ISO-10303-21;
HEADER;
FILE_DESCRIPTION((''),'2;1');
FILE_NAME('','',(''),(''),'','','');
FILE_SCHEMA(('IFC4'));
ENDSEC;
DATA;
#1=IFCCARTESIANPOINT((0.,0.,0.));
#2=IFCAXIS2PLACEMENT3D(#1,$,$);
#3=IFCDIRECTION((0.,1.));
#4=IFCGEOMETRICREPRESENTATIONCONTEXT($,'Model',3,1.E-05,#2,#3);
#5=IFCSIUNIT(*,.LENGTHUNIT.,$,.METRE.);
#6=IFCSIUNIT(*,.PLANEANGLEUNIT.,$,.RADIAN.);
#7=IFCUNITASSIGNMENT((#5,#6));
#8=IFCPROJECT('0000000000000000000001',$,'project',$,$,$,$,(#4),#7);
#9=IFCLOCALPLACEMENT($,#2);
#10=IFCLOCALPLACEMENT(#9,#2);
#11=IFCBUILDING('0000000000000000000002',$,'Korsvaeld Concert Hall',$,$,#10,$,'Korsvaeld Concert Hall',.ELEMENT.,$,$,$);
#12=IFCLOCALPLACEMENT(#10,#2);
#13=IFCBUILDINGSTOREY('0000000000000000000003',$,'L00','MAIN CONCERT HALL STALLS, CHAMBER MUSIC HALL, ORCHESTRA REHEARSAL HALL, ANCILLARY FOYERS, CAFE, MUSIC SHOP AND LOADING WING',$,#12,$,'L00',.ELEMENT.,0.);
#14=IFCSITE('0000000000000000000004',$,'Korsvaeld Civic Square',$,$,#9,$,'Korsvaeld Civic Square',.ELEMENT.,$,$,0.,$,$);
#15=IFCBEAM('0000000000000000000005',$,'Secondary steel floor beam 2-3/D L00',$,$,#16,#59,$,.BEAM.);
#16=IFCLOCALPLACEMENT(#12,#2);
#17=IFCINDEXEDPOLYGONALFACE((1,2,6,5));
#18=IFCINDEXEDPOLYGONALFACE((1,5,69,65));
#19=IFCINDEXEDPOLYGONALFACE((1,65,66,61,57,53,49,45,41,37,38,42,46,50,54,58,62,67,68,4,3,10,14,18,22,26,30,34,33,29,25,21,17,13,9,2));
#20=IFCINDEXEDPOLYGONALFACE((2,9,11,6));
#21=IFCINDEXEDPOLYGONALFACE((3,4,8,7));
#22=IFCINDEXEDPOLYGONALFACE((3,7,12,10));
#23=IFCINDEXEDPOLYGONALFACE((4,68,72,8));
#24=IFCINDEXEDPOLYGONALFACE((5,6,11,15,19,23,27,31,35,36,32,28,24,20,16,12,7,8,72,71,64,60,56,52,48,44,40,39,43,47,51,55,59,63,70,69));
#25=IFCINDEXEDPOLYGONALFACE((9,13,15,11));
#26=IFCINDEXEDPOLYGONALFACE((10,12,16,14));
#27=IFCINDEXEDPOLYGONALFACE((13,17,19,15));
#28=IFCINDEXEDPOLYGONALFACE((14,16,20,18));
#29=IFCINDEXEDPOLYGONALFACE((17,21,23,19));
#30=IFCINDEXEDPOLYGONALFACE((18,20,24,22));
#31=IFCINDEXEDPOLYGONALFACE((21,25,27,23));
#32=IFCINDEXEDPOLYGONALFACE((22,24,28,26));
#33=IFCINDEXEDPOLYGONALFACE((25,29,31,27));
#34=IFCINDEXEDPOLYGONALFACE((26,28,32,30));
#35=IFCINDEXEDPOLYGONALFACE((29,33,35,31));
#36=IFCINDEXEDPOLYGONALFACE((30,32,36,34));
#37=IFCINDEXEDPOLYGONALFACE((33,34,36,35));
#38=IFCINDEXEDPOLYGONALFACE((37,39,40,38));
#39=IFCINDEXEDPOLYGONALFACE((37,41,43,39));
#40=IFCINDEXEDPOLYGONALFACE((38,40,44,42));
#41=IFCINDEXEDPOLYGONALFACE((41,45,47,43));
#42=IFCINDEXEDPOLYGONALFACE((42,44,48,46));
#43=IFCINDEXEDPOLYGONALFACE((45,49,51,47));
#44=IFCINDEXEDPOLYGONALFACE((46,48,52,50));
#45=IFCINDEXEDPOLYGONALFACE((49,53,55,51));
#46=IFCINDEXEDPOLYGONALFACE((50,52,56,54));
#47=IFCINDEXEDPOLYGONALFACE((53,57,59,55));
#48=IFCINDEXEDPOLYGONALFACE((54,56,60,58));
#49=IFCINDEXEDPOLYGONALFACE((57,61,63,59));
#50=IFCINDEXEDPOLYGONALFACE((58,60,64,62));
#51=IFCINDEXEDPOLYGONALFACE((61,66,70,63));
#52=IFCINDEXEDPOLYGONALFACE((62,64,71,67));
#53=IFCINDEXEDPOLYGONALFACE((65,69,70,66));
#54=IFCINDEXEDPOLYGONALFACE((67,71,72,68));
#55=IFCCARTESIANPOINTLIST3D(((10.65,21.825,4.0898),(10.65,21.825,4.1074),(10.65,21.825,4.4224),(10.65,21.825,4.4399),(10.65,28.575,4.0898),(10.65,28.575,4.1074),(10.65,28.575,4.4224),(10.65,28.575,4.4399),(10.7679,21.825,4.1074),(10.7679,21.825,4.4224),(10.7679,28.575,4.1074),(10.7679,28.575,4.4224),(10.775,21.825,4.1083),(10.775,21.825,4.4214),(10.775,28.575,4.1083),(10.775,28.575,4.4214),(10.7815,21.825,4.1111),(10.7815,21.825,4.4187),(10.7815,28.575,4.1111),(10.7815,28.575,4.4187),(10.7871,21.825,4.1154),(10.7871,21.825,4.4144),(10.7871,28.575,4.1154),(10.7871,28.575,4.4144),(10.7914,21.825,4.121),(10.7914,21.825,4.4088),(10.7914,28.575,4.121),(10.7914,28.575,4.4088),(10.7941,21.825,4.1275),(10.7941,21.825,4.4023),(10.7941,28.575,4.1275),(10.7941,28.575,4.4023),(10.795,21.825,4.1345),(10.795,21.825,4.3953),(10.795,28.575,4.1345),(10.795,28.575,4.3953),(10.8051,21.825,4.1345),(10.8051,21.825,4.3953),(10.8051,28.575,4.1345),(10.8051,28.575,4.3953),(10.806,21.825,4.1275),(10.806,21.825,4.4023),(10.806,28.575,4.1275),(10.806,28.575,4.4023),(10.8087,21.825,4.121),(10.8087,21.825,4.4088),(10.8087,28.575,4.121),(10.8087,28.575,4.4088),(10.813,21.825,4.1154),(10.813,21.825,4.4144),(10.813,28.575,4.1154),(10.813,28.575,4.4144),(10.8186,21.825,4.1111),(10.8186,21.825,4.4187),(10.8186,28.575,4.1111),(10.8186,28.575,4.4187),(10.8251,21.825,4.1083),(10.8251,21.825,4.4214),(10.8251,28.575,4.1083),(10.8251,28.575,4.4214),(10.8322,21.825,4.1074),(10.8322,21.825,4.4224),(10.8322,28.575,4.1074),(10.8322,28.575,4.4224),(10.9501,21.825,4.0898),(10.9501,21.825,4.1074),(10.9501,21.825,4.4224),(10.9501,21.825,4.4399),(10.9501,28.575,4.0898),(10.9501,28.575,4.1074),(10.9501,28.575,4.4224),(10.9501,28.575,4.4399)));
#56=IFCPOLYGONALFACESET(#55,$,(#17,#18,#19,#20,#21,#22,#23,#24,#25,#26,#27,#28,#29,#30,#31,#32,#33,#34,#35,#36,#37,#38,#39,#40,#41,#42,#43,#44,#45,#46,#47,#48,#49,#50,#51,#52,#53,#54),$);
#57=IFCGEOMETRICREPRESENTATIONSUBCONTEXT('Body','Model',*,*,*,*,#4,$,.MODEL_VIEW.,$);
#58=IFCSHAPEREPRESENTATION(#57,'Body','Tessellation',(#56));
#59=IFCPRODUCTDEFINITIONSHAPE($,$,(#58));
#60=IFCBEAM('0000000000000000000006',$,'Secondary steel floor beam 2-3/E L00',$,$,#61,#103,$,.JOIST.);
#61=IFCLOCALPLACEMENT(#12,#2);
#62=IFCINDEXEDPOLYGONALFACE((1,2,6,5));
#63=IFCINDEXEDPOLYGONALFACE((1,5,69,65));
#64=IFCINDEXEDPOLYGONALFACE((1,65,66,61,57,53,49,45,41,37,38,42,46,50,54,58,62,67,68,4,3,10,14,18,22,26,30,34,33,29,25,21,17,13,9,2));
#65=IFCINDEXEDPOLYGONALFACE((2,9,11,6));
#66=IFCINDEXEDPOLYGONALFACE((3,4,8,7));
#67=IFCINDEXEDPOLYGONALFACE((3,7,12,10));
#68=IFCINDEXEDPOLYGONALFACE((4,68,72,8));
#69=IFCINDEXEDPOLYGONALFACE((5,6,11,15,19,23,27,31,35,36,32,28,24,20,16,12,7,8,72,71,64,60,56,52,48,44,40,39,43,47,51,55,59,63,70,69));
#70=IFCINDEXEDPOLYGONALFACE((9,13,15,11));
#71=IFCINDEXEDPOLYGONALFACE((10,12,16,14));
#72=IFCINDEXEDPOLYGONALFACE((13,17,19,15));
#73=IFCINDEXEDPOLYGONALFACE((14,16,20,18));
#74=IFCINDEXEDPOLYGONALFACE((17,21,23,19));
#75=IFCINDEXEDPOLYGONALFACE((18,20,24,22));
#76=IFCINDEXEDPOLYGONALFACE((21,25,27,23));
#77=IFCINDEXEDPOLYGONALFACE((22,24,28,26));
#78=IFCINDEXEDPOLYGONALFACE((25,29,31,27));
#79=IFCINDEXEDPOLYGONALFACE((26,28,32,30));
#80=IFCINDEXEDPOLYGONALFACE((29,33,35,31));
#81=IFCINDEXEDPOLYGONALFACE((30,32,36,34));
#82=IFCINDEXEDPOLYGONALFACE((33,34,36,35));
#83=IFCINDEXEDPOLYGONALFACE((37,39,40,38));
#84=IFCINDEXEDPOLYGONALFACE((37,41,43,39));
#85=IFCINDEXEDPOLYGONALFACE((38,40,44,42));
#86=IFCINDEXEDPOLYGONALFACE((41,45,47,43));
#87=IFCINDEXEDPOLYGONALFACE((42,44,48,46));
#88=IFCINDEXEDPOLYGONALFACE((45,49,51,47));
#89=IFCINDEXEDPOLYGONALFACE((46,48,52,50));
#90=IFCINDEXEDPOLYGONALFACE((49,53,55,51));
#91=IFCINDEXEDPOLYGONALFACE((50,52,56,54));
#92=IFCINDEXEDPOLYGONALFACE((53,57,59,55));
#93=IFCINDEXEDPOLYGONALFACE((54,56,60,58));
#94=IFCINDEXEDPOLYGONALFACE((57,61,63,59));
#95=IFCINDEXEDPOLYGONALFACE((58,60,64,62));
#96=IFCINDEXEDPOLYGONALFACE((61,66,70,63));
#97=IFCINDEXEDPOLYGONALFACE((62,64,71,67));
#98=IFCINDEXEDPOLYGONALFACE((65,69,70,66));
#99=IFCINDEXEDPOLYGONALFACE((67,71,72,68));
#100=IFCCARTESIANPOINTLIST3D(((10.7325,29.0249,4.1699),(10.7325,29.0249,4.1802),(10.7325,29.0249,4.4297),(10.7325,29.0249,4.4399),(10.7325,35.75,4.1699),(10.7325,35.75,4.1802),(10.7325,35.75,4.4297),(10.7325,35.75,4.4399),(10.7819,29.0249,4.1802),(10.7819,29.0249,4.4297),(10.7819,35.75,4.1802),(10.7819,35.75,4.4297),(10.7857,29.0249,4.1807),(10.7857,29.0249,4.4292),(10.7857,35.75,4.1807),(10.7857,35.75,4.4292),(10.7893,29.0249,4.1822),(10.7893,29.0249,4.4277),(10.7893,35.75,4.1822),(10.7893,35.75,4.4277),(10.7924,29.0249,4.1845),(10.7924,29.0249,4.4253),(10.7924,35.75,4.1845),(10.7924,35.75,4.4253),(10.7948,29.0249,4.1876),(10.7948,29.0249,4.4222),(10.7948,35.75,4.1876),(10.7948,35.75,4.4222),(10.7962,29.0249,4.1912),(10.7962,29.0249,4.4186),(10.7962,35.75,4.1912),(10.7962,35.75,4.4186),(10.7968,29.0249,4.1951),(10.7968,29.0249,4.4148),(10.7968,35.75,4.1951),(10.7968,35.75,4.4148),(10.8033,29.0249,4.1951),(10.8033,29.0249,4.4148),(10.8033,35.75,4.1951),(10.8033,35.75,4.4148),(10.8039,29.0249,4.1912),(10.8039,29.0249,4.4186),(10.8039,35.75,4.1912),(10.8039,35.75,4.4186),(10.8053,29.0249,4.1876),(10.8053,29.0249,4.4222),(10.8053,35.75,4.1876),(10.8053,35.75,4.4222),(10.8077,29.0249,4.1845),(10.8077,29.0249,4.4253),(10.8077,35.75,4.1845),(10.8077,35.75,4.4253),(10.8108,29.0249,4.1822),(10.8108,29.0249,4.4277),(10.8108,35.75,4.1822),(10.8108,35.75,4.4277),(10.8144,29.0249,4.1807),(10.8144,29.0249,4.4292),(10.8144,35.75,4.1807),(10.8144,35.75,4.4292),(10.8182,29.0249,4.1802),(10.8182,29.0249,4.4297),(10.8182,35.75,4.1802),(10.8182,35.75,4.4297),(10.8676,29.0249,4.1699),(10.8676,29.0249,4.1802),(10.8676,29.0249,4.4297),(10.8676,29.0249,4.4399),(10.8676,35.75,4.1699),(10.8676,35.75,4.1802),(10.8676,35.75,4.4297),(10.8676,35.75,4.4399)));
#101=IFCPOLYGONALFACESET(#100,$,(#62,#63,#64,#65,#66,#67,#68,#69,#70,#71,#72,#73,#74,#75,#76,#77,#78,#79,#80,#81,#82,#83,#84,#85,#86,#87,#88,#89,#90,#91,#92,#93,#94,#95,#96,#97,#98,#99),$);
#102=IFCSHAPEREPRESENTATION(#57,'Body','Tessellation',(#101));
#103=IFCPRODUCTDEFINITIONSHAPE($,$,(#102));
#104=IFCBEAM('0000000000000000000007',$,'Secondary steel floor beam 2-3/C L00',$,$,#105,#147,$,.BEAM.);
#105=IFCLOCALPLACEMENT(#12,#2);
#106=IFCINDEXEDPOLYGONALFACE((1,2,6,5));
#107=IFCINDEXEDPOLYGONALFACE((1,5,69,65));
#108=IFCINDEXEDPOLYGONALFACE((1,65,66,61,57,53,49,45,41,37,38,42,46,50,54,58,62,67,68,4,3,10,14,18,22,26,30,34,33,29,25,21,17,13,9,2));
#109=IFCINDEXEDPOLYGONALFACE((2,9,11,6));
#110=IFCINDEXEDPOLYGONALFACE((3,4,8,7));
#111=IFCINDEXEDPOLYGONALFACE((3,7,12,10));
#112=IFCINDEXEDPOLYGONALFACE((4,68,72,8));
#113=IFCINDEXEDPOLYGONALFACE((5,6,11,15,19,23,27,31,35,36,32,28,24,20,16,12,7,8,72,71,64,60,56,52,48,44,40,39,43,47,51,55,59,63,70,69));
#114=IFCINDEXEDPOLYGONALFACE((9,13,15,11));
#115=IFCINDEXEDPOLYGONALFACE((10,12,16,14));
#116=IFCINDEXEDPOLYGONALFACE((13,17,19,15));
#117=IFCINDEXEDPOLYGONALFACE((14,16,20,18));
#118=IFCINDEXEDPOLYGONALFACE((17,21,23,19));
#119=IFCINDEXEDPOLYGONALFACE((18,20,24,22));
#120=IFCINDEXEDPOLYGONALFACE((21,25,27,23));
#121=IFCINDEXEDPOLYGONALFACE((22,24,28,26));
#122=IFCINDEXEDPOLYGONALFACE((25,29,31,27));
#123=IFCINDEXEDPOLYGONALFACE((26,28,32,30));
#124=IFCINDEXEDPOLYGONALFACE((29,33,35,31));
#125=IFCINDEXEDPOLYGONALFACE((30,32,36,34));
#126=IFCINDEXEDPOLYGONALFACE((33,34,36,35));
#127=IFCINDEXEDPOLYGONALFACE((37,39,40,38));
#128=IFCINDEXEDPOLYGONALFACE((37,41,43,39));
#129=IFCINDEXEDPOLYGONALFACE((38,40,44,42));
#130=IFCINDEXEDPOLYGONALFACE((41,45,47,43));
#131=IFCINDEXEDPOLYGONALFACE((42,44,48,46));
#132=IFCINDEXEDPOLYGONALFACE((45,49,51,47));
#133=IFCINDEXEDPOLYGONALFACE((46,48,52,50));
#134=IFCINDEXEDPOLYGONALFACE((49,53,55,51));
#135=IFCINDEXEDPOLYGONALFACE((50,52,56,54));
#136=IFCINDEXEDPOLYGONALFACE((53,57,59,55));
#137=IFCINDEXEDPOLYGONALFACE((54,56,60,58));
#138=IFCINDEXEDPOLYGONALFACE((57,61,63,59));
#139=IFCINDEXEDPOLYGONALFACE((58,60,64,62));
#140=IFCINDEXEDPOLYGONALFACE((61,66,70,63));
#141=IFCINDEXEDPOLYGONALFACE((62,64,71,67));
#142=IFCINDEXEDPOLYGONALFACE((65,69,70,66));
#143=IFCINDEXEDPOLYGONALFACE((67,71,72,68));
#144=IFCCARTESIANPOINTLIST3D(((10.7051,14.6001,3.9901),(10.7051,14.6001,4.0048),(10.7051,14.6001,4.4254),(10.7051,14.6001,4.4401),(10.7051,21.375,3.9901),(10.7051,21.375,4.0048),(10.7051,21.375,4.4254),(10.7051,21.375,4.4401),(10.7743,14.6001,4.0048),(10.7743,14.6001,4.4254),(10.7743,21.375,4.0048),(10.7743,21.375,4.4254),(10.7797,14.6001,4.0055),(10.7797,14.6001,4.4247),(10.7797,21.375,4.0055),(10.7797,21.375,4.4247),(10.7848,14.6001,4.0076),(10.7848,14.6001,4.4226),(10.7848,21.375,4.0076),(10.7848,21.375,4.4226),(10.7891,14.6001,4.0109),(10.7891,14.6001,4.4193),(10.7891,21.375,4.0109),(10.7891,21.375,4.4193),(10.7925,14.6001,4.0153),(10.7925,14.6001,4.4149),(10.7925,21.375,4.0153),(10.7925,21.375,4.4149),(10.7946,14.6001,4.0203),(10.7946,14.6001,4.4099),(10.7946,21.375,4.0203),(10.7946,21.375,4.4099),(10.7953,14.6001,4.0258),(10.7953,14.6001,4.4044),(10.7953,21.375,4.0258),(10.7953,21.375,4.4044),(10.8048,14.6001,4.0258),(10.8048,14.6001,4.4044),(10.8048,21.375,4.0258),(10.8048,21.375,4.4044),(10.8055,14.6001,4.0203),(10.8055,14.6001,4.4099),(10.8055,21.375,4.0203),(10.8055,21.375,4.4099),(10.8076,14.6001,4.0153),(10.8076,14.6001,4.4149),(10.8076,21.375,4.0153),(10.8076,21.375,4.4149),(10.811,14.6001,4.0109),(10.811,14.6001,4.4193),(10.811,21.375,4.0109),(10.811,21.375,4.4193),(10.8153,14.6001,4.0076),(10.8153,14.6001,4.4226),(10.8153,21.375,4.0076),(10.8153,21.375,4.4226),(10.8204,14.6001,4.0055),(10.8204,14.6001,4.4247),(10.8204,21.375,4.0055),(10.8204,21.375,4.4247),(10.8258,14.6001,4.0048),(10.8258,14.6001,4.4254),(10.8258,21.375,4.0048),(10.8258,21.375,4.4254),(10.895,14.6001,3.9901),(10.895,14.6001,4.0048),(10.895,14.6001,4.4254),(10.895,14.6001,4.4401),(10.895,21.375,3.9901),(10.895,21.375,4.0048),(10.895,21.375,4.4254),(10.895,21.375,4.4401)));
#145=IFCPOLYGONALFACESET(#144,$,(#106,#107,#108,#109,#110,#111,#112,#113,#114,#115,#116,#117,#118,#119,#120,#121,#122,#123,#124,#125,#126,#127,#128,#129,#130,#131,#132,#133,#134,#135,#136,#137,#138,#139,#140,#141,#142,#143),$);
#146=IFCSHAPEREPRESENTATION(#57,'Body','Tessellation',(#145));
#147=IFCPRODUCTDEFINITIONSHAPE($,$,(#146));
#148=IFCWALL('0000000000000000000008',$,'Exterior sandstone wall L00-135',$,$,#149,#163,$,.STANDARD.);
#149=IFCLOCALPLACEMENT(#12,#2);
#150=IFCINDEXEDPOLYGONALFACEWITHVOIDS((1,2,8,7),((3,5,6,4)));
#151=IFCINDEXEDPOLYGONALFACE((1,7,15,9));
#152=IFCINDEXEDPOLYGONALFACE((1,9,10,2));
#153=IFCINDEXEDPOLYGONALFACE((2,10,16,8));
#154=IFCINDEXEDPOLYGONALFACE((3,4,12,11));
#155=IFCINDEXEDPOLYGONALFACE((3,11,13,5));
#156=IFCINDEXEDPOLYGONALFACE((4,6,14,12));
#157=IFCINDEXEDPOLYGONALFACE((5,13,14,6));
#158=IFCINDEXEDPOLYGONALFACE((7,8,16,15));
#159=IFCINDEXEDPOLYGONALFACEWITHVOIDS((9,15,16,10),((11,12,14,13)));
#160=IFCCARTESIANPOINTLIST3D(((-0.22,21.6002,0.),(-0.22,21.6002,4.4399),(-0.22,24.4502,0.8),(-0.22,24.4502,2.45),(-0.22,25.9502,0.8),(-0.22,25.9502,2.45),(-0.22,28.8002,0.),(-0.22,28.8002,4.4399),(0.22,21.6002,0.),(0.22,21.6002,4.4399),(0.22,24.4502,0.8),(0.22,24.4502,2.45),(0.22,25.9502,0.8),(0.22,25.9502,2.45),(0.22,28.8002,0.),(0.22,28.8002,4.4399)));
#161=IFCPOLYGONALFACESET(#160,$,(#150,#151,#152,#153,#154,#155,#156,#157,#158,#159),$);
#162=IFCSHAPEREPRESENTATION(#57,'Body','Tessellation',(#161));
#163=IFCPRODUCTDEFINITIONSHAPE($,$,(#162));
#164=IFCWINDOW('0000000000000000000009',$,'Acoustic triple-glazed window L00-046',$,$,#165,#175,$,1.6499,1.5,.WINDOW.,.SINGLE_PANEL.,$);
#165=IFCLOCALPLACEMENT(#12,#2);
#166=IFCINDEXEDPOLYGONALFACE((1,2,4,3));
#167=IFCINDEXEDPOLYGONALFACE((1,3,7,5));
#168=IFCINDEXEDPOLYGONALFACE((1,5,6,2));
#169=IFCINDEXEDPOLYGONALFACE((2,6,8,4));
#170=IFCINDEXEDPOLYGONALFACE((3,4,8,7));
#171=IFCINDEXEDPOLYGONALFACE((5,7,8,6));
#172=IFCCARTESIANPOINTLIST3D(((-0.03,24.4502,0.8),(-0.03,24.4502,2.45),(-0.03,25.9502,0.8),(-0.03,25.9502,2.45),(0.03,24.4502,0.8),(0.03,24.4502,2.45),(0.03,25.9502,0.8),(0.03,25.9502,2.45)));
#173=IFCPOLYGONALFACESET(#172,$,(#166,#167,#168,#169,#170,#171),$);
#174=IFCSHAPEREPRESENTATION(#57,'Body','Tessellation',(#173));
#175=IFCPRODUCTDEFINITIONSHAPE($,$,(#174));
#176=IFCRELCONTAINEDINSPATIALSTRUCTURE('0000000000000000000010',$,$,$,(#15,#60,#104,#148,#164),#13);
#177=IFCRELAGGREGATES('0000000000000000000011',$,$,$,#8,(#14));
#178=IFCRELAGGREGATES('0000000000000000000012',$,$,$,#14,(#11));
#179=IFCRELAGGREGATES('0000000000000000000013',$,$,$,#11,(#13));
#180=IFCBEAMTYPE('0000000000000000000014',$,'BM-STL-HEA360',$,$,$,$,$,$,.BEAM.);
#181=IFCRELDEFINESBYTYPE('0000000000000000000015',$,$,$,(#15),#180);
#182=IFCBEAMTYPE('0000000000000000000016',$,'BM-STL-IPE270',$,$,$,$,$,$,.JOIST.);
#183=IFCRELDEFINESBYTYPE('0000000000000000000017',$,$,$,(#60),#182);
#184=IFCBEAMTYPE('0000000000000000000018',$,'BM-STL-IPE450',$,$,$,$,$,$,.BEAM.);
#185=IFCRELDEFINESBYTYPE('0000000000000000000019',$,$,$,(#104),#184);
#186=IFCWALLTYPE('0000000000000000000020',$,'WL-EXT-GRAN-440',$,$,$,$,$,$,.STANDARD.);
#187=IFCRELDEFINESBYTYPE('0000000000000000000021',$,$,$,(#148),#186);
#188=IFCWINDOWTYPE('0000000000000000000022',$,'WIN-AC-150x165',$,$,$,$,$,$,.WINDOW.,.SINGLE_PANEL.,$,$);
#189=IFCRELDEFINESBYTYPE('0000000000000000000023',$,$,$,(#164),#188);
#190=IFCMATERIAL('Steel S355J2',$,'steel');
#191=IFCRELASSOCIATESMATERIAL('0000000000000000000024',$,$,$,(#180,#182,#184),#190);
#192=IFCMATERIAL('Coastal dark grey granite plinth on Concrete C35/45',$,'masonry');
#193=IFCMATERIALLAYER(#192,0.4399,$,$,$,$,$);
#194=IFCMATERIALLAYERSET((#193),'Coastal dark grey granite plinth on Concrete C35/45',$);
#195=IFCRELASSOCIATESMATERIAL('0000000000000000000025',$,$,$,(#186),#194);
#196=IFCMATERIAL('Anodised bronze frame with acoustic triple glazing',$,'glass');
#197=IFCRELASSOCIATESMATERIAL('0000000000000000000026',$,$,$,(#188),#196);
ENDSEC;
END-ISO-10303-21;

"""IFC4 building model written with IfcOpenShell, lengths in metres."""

from ifc_helpers import new_model, si_unit, direction, frame, frame_2d, origin, origin_2d, place, context, subcontext, project, spatial, rectangle, i_section, extrude, material, layer, layer_set, material_profile, profile_set, type_object, element, fill, save


model = new_model("IFC4")

# Units and contexts
model_context = context("Model", 3, precision=1e-05, world=origin(), true_north=direction((0.0, 1.0)))
body_context = subcontext(model_context, "Body", "Model", "MODEL_VIEW")
ifc_project = project(units=[si_unit("LENGTHUNIT", "METRE"), si_unit("PLANEANGLEUNIT", "RADIAN")], contexts=[model_context])

# Site, building, storey
site_placement = place(None, origin())
site = spatial("IfcSite", under=ifc_project, at=site_placement, Name="Korsvaeld Civic Square", LongName="Korsvaeld Civic Square", CompositionType="ELEMENT", RefElevation=0.0)
building_placement = place(site_placement, origin())
building = spatial("IfcBuilding", under=site, at=building_placement, Name="Korsvaeld Concert Hall", LongName="Korsvaeld Concert Hall", CompositionType="ELEMENT")
storey_placement = place(building_placement, origin())
storey = spatial("IfcBuildingStorey", under=building, at=storey_placement, Name="L00", Description="MAIN CONCERT HALL STALLS, CHAMBER MUSIC HALL, ORCHESTRA REHEARSAL HALL, ANCILLARY FOYERS, CAFE, MUSIC SHOP AND LOADING WING", LongName="L00", CompositionType="ELEMENT", Elevation=0.0)

# Beams
ifc_material_1 = material(Name="Steel S355J2", Category="steel")
ifc_material_profile_1 = material_profile(ifc_material_1, i_section(OverallWidth=0.3, OverallDepth=0.3501, WebThickness=0.01, FlangeThickness=0.0176, FilletRadius=0.0271, at=origin_2d()), Name="HEA 360")
ifc_profile_set_1 = profile_set([ifc_material_profile_1], Name="Steel S355J2")
beam_type_1 = type_object("IfcBeamType", Name="BM-STL-HEA360", PredefinedType="BEAM", material=ifc_profile_set_1)
beam_1_placement = place(storey_placement, frame((10.8, 21.825, 4.2649), z_axis=(0.0, 1.0, 0.0), x_axis=(-1.0, 0.0, 0.0)))
element("IfcBeam", 1, at=beam_1_placement, inside=storey, type_object=beam_type_1, Name="Secondary steel floor beam 2-3/D L00", PredefinedType="BEAM", context=body_context, shape_type="SweptSolid", body=[
    extrude(i_section(OverallWidth=0.3, OverallDepth=0.3501, WebThickness=0.01, FlangeThickness=0.0176, FilletRadius=0.0271, at=origin_2d()), origin(), (0.0, 0.0, 1.0), 6.75),
])
ifc_material_profile_2 = material_profile(ifc_material_1, i_section(OverallWidth=0.135, OverallDepth=0.27, WebThickness=0.0066, FlangeThickness=0.0103, FilletRadius=0.0149, at=origin_2d()), Name="IPE 270")
ifc_profile_set_2 = profile_set([ifc_material_profile_2], Name="Steel S355J2")
beam_type_2 = type_object("IfcBeamType", Name="BM-STL-IPE270", PredefinedType="JOIST", material=ifc_profile_set_2)
beam_2_placement = place(storey_placement, frame((10.8, 29.0249, 4.3049), z_axis=(0.0, 1.0, 0.0), x_axis=(-1.0, 0.0, 0.0)))
element("IfcBeam", 2, at=beam_2_placement, inside=storey, type_object=beam_type_2, Name="Secondary steel floor beam 2-3/E L00", PredefinedType="JOIST", context=body_context, shape_type="SweptSolid", body=[
    extrude(i_section(OverallWidth=0.135, OverallDepth=0.27, WebThickness=0.0066, FlangeThickness=0.0103, FilletRadius=0.0149, at=origin_2d()), origin(), (0.0, 0.0, 1.0), 6.7251),
])
ifc_material_profile_3 = material_profile(ifc_material_1, i_section(OverallWidth=0.1899, OverallDepth=0.45, WebThickness=0.0095, FlangeThickness=0.0146, FilletRadius=0.021, at=origin_2d()), Name="IPE 450")
ifc_profile_set_3 = profile_set([ifc_material_profile_3], Name="Steel S355J2")
beam_type_3 = type_object("IfcBeamType", Name="BM-STL-IPE450", PredefinedType="BEAM", material=ifc_profile_set_3)
beam_3_placement = place(storey_placement, frame((10.8, 14.6001, 4.2151), z_axis=(0.0, 1.0, 0.0), x_axis=(-1.0, 0.0, 0.0)))
element("IfcBeam", 3, at=beam_3_placement, inside=storey, type_object=beam_type_3, Name="Secondary steel floor beam 2-3/C L00", PredefinedType="BEAM", context=body_context, shape_type="SweptSolid", body=[
    extrude(i_section(OverallWidth=0.1899, OverallDepth=0.45, WebThickness=0.0095, FlangeThickness=0.0146, FilletRadius=0.021, at=origin_2d()), origin(), (0.0, 0.0, 1.0), 6.7749),
])

# Wall, opening, window
ifc_material_2 = material(Name="Coastal dark grey granite plinth on Concrete C35/45", Category="masonry")
ifc_layer_1 = layer(ifc_material_2, 0.4399)
ifc_layer_set_1 = layer_set([ifc_layer_1], Name="Coastal dark grey granite plinth on Concrete C35/45")
wall_type_1 = type_object("IfcWallType", Name="WL-EXT-GRAN-440", PredefinedType="STANDARD", material=ifc_layer_set_1)
wall_1_placement = place(storey_placement, frame((0.0, 21.6001, 0.0), z_axis=(0.0, 0.0, 1.0), x_axis=(0.0, 1.0, 0.0)))
wall_1 = element("IfcWall", 4, at=wall_1_placement, inside=storey, type_object=wall_type_1, Name="Exterior sandstone wall L00-135", PredefinedType="STANDARD", context=body_context, shape_type="SweptSolid", body=[
    extrude(rectangle(XDim=7.2, YDim=0.4399, at=frame_2d((3.6001, 0.0))), origin(), (0.0, 0.0, 1.0), 4.4399),
])
opening_1_placement = place(wall_1_placement, frame((2.8501, 0.0, 0.8)))
opening_1 = element("IfcOpeningElement", 5, at=opening_1_placement, cuts=wall_1, PredefinedType="OPENING", context=body_context, shape_type="SweptSolid", body=[
    extrude(rectangle(XDim=1.5, YDim=1.6499, at=frame_2d((0.75, 0.825))), frame((0.0, 0.23, 0.0), z_axis=(0.0, -1.0, 0.0), x_axis=(1.0, 0.0, 0.0)), (0.0, 0.0, 1.0), 0.46),
])
ifc_material_3 = material(Name="Anodised bronze frame with acoustic triple glazing", Category="glass")
window_type_1 = type_object("IfcWindowType", Name="WIN-AC-150x165", PartitioningType="SINGLE_PANEL", PredefinedType="WINDOW", material=ifc_material_3)
window_1_placement = place(opening_1_placement, origin())
window_1 = element("IfcWindow", 6, at=window_1_placement, inside=storey, type_object=window_type_1, Name="Acoustic triple-glazed window L00-046", OverallHeight=1.6499, OverallWidth=1.5, PartitioningType="SINGLE_PANEL", PredefinedType="WINDOW", context=body_context, shape_type="SweptSolid", body=[
    extrude(rectangle(XDim=1.5, YDim=1.6499, at=frame_2d((0.75, 0.825))), frame((0.0, 0.03, 0.0), z_axis=(0.0, -1.0, 0.0), x_axis=(1.0, 0.0, 0.0)), (0.0, 0.0, 1.0), 0.0601),
])
fill(opening_1, window_1)

save(model, "model.ifc")
